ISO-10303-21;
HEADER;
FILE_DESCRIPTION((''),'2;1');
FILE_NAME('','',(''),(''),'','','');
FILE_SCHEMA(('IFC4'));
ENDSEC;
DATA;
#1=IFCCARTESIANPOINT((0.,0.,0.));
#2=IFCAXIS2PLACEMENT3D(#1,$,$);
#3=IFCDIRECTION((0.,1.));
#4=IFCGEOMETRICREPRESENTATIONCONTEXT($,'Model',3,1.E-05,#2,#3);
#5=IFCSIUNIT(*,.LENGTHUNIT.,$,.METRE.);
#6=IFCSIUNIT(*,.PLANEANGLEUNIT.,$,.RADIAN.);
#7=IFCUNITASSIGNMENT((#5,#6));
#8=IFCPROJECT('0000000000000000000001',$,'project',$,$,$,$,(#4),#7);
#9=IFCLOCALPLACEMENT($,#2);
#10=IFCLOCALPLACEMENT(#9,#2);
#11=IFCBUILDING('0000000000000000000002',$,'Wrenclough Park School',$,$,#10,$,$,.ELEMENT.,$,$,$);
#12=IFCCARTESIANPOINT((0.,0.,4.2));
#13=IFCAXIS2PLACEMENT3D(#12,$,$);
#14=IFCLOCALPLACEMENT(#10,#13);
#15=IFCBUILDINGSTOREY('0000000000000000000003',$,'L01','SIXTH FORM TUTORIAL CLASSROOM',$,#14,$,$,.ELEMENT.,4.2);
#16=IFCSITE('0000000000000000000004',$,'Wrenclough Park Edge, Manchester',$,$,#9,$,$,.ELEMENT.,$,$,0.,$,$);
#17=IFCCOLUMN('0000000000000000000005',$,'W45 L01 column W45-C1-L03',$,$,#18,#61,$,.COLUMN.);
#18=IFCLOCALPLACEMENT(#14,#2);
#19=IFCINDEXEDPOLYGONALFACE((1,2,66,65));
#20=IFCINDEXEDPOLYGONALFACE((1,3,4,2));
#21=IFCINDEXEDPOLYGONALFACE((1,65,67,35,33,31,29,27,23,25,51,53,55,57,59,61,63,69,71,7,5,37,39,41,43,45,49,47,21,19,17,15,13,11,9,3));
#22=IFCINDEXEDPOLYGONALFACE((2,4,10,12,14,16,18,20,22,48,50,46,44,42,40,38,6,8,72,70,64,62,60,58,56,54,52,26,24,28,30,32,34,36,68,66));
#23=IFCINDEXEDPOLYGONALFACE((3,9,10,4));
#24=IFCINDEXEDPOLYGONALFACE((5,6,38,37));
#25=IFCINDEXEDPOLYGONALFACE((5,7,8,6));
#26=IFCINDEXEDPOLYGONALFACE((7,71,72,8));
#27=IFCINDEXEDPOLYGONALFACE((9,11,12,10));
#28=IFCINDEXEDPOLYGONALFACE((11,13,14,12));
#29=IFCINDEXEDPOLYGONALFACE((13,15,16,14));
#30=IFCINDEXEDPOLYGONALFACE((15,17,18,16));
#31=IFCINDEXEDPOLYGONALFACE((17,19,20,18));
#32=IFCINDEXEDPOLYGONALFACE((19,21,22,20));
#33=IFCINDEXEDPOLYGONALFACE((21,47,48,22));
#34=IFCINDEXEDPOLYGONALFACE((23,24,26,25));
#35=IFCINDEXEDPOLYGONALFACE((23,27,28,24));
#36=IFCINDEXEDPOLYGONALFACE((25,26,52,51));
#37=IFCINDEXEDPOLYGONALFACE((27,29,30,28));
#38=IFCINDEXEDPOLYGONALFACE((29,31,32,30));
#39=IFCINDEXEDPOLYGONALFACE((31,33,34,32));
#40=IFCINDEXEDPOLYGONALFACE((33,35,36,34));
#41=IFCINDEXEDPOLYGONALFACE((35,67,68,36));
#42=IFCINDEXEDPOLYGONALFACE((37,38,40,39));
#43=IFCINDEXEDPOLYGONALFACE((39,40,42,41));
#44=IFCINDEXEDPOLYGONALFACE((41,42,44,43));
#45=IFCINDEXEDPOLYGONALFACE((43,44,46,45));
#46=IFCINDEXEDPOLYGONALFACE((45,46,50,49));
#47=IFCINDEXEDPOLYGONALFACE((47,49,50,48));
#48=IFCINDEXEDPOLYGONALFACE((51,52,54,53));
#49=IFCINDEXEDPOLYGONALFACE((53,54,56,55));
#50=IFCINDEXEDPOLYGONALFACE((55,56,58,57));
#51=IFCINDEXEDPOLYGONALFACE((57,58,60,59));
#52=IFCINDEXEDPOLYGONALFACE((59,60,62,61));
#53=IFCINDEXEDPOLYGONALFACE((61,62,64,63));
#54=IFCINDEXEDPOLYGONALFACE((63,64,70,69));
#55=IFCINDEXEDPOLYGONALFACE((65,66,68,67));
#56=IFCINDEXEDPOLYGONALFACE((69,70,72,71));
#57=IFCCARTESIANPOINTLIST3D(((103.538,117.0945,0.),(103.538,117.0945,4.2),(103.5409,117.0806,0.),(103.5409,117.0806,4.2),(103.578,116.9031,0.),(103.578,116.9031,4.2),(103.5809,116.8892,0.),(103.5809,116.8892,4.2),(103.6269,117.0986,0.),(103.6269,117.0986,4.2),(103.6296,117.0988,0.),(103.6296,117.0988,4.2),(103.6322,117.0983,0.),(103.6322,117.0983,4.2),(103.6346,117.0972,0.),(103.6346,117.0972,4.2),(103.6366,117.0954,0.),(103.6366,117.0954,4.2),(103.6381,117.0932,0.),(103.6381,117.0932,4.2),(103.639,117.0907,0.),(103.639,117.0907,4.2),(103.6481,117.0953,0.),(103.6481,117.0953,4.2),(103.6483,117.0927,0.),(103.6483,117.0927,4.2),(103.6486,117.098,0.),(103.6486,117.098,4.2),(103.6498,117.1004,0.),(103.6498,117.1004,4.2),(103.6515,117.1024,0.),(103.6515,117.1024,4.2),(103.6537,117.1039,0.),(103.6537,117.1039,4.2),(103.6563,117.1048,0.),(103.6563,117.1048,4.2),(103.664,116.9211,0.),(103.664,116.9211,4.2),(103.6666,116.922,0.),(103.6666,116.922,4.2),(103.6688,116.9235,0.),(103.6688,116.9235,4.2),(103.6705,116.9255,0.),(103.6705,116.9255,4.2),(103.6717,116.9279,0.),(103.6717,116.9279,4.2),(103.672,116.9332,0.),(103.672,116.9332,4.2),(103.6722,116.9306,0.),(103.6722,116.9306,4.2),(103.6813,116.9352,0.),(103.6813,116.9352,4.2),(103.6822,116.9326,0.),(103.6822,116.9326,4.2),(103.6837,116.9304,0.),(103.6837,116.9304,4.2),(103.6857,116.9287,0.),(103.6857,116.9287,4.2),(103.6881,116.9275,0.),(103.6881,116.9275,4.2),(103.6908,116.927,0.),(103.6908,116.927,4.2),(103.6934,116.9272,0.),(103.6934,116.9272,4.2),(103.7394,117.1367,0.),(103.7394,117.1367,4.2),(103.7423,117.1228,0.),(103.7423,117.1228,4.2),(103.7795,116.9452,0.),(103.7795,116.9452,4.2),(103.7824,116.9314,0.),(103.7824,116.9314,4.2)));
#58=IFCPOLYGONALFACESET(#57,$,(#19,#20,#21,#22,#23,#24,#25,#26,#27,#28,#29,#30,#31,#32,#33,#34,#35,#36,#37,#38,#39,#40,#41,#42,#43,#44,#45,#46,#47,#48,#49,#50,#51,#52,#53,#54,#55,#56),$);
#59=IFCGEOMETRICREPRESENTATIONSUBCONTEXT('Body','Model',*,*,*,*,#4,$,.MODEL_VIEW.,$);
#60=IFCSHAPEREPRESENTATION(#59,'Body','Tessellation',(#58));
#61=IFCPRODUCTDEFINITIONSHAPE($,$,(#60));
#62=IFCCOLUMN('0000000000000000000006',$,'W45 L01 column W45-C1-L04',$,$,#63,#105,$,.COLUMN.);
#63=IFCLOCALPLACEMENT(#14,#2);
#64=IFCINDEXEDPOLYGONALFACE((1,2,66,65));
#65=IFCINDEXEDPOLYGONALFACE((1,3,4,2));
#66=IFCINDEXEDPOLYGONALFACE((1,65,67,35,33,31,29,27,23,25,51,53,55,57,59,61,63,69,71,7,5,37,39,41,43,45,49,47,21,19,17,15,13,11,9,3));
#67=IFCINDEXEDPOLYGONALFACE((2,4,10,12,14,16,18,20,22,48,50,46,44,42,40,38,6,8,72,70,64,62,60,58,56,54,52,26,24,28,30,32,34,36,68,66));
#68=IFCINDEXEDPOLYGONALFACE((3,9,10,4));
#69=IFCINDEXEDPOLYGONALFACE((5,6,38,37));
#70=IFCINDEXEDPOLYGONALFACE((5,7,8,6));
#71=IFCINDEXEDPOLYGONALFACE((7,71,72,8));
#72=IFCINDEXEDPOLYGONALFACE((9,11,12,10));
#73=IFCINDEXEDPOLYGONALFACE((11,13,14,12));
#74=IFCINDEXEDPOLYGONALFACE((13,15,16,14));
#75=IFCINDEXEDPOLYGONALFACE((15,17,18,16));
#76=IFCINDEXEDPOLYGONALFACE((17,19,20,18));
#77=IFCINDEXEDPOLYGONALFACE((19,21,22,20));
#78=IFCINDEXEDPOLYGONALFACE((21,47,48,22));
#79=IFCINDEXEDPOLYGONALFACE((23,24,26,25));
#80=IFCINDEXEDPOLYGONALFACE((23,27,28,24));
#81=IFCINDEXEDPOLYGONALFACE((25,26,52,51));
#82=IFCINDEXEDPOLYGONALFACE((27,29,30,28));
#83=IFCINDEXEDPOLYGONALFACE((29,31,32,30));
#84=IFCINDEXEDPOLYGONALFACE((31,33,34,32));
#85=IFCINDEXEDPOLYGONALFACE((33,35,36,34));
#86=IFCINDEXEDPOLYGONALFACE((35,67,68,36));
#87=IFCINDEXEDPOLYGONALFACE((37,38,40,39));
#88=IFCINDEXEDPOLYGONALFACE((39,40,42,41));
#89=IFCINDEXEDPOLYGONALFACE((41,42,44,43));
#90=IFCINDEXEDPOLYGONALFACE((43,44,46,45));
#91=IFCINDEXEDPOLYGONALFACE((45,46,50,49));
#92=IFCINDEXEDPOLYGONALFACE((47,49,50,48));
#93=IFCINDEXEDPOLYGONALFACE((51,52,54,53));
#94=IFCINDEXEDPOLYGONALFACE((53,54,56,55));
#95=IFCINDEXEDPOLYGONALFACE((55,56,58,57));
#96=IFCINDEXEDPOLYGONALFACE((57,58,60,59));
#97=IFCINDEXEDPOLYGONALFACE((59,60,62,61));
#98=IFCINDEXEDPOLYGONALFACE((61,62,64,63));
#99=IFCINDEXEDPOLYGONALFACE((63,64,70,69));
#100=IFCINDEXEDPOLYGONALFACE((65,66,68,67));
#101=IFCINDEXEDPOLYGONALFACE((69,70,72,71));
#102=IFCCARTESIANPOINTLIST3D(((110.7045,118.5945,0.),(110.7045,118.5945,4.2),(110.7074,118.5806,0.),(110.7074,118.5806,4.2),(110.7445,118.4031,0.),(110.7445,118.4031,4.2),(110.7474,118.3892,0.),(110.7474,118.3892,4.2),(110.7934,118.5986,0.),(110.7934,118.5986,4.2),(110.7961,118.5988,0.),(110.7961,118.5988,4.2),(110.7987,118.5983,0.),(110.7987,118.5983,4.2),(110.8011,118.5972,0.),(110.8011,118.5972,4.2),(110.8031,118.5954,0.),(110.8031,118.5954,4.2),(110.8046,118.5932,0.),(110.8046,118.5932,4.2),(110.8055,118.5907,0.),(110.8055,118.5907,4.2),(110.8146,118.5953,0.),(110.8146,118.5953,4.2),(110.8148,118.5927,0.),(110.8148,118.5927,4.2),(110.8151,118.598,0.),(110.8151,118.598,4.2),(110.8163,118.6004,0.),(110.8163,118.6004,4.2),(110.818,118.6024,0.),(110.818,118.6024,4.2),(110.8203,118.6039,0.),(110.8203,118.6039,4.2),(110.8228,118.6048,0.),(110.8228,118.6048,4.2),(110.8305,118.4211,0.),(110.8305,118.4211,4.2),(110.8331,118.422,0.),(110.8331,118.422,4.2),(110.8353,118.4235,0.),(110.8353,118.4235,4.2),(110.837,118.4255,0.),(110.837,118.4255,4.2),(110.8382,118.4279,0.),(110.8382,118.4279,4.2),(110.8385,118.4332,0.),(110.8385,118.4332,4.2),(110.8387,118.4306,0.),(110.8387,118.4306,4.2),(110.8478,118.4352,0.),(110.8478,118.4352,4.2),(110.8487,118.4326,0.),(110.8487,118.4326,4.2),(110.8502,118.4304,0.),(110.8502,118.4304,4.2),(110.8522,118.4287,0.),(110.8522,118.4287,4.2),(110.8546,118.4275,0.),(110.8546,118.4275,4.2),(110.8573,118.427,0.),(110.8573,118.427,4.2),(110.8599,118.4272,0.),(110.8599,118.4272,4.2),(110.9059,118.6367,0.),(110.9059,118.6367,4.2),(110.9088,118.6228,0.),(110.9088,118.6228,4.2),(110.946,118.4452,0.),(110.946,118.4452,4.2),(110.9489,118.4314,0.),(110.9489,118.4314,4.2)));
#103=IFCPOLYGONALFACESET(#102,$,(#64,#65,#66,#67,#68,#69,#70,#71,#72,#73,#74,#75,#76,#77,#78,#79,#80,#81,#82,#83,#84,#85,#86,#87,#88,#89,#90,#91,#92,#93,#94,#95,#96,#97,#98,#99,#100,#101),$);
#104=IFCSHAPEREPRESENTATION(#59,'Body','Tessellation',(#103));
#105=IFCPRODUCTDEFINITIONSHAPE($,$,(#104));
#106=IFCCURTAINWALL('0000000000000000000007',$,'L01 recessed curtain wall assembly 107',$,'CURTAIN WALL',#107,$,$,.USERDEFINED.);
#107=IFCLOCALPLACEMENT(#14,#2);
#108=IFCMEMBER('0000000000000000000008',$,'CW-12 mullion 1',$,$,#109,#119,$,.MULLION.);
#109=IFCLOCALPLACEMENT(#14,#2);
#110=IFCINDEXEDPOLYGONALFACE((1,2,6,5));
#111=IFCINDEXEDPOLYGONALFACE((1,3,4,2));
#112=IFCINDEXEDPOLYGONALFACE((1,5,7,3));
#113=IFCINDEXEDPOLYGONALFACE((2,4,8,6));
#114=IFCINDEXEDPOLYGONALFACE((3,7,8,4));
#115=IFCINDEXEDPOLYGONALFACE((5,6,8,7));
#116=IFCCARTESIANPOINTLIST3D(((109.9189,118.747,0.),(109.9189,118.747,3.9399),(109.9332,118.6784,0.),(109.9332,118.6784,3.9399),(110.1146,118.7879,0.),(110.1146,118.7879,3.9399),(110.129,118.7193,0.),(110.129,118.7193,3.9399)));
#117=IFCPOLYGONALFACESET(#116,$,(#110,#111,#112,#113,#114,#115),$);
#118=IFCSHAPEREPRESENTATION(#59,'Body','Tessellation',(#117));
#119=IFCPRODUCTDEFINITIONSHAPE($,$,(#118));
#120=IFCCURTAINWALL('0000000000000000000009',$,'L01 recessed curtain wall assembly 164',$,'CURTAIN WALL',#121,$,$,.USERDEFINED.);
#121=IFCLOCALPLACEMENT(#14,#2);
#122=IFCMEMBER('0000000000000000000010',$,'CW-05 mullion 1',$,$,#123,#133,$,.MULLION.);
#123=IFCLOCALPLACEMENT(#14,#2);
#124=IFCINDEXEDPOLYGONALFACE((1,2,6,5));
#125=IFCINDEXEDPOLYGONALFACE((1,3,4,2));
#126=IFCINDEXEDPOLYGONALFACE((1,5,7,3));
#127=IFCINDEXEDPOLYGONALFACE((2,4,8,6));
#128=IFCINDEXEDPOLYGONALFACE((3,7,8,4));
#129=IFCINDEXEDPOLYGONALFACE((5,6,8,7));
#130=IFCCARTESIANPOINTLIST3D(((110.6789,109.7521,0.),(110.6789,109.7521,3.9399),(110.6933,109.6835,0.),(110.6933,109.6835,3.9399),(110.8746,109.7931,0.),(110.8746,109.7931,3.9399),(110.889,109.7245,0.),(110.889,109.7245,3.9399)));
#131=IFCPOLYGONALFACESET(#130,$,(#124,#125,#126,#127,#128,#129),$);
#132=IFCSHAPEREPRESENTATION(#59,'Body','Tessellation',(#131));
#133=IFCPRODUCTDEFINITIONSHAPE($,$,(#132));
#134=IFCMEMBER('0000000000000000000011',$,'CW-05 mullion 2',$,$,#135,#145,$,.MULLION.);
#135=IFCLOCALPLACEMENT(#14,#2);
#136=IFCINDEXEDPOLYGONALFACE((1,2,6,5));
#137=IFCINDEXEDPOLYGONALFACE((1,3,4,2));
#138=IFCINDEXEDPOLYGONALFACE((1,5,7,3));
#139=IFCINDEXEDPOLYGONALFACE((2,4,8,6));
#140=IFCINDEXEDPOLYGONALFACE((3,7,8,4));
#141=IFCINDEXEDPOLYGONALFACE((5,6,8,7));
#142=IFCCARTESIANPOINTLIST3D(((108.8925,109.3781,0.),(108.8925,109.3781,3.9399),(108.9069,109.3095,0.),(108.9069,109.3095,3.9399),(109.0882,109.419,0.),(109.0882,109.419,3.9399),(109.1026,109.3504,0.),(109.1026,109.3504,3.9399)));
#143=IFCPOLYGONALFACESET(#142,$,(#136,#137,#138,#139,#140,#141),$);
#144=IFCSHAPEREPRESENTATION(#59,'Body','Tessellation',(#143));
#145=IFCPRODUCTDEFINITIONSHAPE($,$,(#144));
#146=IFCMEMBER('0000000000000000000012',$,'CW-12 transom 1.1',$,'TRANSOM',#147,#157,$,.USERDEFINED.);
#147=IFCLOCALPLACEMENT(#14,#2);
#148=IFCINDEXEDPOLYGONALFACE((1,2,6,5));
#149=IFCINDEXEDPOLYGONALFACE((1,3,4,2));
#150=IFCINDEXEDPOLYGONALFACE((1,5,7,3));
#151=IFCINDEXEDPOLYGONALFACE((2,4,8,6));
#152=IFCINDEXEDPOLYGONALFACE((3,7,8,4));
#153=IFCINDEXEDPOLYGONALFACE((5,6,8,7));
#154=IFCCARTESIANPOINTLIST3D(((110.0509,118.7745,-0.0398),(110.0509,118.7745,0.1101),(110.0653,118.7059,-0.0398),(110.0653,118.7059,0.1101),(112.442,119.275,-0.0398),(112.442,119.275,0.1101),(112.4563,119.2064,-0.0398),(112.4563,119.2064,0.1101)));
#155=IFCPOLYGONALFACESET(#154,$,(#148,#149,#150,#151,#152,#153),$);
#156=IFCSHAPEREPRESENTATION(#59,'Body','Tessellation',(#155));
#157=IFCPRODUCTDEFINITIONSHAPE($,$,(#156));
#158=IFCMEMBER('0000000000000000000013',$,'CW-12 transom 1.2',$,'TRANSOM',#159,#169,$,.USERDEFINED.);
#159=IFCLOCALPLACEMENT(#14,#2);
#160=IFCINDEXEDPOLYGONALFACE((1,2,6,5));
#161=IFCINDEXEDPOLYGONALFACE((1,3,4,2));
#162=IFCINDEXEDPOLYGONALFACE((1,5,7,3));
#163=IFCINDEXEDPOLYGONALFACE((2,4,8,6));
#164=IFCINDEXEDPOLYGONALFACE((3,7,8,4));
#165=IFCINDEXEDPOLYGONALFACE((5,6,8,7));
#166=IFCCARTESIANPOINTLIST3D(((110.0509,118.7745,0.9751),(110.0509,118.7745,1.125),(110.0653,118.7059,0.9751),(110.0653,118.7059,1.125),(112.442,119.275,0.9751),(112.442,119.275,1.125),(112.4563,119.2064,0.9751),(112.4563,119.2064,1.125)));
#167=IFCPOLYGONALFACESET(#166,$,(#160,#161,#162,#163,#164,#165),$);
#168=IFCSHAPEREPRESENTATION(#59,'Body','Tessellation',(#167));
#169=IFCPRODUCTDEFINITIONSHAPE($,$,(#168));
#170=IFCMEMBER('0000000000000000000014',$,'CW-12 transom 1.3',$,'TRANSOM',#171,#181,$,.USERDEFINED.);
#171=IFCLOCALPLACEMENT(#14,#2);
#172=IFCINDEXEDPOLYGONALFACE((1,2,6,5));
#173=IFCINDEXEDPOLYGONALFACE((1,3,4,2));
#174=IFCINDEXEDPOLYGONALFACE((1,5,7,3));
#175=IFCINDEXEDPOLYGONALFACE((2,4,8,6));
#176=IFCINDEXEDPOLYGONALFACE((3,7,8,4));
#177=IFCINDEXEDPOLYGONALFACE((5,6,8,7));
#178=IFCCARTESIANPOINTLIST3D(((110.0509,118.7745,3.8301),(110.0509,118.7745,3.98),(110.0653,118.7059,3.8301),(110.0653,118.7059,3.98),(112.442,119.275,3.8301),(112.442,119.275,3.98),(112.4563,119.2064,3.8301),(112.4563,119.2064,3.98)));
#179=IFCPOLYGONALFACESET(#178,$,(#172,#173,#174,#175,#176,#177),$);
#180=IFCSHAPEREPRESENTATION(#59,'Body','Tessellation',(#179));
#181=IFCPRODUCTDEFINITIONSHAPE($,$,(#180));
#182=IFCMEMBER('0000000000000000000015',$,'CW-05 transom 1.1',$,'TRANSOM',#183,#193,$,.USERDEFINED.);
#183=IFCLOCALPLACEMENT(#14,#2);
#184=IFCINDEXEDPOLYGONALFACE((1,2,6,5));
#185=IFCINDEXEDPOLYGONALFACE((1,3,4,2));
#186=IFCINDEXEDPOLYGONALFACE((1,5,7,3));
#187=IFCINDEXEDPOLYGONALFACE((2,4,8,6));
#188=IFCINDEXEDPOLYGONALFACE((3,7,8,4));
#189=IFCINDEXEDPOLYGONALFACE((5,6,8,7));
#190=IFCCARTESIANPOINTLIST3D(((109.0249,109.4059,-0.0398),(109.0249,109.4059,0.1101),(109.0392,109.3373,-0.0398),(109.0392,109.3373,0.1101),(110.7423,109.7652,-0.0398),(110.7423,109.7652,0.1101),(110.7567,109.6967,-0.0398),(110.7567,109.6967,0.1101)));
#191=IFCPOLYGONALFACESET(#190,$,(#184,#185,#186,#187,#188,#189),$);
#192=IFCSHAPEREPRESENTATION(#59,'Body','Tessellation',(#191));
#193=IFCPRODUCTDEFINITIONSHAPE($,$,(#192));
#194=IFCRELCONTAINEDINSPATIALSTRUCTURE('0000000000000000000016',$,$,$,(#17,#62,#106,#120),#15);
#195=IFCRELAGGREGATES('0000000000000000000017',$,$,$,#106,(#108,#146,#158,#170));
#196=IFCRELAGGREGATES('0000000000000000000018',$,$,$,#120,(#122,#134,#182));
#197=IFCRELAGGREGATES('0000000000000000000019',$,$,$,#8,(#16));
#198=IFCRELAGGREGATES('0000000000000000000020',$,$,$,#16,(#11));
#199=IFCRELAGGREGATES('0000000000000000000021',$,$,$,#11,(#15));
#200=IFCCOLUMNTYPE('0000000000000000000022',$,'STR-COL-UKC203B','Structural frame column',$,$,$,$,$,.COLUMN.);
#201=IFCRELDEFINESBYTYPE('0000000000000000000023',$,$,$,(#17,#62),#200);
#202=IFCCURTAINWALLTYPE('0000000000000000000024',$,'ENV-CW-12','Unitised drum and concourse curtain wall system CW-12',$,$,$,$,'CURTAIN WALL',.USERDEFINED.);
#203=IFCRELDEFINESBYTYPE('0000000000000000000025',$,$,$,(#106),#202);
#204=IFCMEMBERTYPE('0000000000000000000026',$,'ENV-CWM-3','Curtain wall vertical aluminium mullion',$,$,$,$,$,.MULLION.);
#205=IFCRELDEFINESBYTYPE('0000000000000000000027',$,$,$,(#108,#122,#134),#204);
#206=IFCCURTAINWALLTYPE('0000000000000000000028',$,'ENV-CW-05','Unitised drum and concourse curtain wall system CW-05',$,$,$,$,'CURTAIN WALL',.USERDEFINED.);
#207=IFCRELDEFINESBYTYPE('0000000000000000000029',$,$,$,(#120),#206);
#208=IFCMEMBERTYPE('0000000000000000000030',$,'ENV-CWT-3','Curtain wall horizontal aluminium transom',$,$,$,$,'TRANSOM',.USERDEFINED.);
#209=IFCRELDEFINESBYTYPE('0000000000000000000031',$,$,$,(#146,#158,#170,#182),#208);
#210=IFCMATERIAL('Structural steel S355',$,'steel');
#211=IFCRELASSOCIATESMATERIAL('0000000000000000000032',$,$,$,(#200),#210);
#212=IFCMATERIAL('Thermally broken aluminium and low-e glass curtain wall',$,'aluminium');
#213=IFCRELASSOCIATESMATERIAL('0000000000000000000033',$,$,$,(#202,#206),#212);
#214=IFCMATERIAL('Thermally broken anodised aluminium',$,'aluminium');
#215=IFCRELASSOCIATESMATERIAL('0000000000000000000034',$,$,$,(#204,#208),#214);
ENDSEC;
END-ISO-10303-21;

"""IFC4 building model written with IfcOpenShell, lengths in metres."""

from ifc_helpers import new_model, si_unit, direction, frame, origin, origin_2d, place, context, subcontext, project, spatial, rectangle, i_section, extrude, material, material_profile, profile_set, type_object, element, aggregate, save


model = new_model("IFC4")

# Units and contexts
model_context = context("Model", 3, precision=1e-05, world=origin(), true_north=direction((0.0, 1.0)))
body_context = subcontext(model_context, "Body", "Model", "MODEL_VIEW")
ifc_project = project(units=[si_unit("LENGTHUNIT", "METRE"), si_unit("PLANEANGLEUNIT", "RADIAN")], contexts=[model_context])

# Site, building, storey
site_placement = place(None, origin())
site = spatial("IfcSite", under=ifc_project, at=site_placement, Name="Wrenclough Park Edge, Manchester", CompositionType="ELEMENT", RefElevation=0.0)
building_placement = place(site_placement, origin())
building = spatial("IfcBuilding", under=site, at=building_placement, Name="Wrenclough Park School", CompositionType="ELEMENT")
storey_placement = place(building_placement, frame((0.0, 0.0, 4.2)))
storey = spatial("IfcBuildingStorey", under=building, at=storey_placement, Name="L01", Description="SIXTH FORM TUTORIAL CLASSROOM", CompositionType="ELEMENT", Elevation=4.2)

# Columns
ifc_material_1 = material(Name="Structural steel S355", Category="steel")
ifc_material_profile_1 = material_profile(ifc_material_1, i_section(OverallWidth=0.2058, OverallDepth=0.2097, WebThickness=0.0095, FlangeThickness=0.0142, FilletRadius=0.0103, at=origin_2d()), Name="UKC 203x203x60")
ifc_profile_set_1 = profile_set([ifc_material_profile_1], Name="Structural steel S355")
column_type = type_object("IfcColumnType", Name="STR-COL-UKC203B", Description="Structural frame column", PredefinedType="COLUMN", material=ifc_profile_set_1)
for number, where, z_axis, x_axis, name in (
    (1, (103.6602, 117.0129, 0.0), (0.0, 0.0, 1.0), (0.978796, 0.204838, 0.0), "W45 L01 column W45-C1-L03"),
    (2, (110.8267, 118.5129, 0.0), (0.0, 0.0, 1.0), (0.978796, 0.204838, 0.0), "W45 L01 column W45-C1-L04"),
):
    element("IfcColumn", number, at=place(storey_placement, frame(where, z_axis=z_axis, x_axis=x_axis)), inside=storey, type_object=column_type, Name=name, PredefinedType="COLUMN", context=body_context, shape_type="SweptSolid", body=[
        extrude(i_section(OverallWidth=0.2058, OverallDepth=0.2097, WebThickness=0.0095, FlangeThickness=0.0142, FilletRadius=0.0103, at=origin_2d()), origin(), (0.0, 0.0, 1.0), 4.2),
    ])

# Curtain wall, member
ifc_material_2 = material(Name="Thermally broken aluminium and low-e glass curtain wall", Category="aluminium")
curtain_wall_type_1 = type_object("IfcCurtainWallType", Name="ENV-CW-12", Description="Unitised drum and concourse curtain wall system CW-12", ElementType="CURTAIN WALL", PredefinedType="USERDEFINED", material=ifc_material_2)
curtain_wall_1_placement = place(storey_placement, origin())
curtain_wall_1 = element("IfcCurtainWall", 3, at=curtain_wall_1_placement, inside=storey, type_object=curtain_wall_type_1, Name="L01 recessed curtain wall assembly 107", ObjectType="CURTAIN WALL", PredefinedType="USERDEFINED")
ifc_material_3 = material(Name="Thermally broken anodised aluminium", Category="aluminium")
ifc_material_profile_2 = material_profile(ifc_material_3, rectangle(XDim=0.0701, YDim=0.2, at=origin_2d()), Name="AL MULLION 70x200")
ifc_profile_set_2 = profile_set([ifc_material_profile_2], Name="Thermally broken anodised aluminium")
member_type_1 = type_object("IfcMemberType", Name="ENV-CWM-3", Description="Curtain wall vertical aluminium mullion", PredefinedType="MULLION", material=ifc_profile_set_2)
member_1_placement = place(storey_placement, frame((110.0239, 118.7332, 0.0), z_axis=(0.0, 0.0, 1.0), x_axis=(-0.204858, 0.978792, 0.0)))
member_1 = element("IfcMember", 4, at=member_1_placement, type_object=member_type_1, Name="CW-12 mullion 1", PredefinedType="MULLION", context=body_context, shape_type="SweptSolid", body=[
    extrude(rectangle(XDim=0.0701, YDim=0.2, at=origin_2d()), origin(), (0.0, 0.0, 1.0), 3.9399),
])

# Curtain wall, members
curtain_wall_type_2 = type_object("IfcCurtainWallType", Name="ENV-CW-05", Description="Unitised drum and concourse curtain wall system CW-05", ElementType="CURTAIN WALL", PredefinedType="USERDEFINED", material=ifc_material_2)
curtain_wall_2_placement = place(storey_placement, origin())
curtain_wall_2 = element("IfcCurtainWall", 5, at=curtain_wall_2_placement, inside=storey, type_object=curtain_wall_type_2, Name="L01 recessed curtain wall assembly 164", ObjectType="CURTAIN WALL", PredefinedType="USERDEFINED")
member_2_placement = place(storey_placement, frame((110.7839, 109.7383, 0.0), z_axis=(0.0, 0.0, 1.0), x_axis=(0.204874, -0.978788, 0.0)))
member_2 = element("IfcMember", 6, at=member_2_placement, type_object=member_type_1, Name="CW-05 mullion 1", PredefinedType="MULLION", context=body_context, shape_type="SweptSolid", body=[
    extrude(rectangle(XDim=0.0701, YDim=0.2, at=origin_2d()), origin(), (0.0, 0.0, 1.0), 3.9399),
])
member_3_placement = place(storey_placement, frame((108.9976, 109.3643, 0.0), z_axis=(0.0, 0.0, 1.0), x_axis=(0.204874, -0.978788, 0.0)))
member_3 = element("IfcMember", 7, at=member_3_placement, type_object=member_type_1, Name="CW-05 mullion 2", PredefinedType="MULLION", context=body_context, shape_type="SweptSolid", body=[
    extrude(rectangle(XDim=0.0701, YDim=0.2, at=origin_2d()), origin(), (0.0, 0.0, 1.0), 3.9399),
])

# Members
ifc_material_profile_3 = material_profile(ifc_material_3, rectangle(XDim=0.0701, YDim=0.1499, at=origin_2d()), Name="AL TRANSOM 70x150")
ifc_profile_set_3 = profile_set([ifc_material_profile_3], Name="Thermally broken anodised aluminium")
member_type_2 = type_object("IfcMemberType", Name="ENV-CWT-3", Description="Curtain wall horizontal aluminium transom", ElementType="TRANSOM", PredefinedType="USERDEFINED", material=ifc_profile_set_3)
member_4_placement = place(storey_placement, frame((110.0581, 118.7402, 0.0352), z_axis=(0.978789, 0.204872, 0.0), x_axis=(-0.204872, 0.978789, 0.0)))
member_4 = element("IfcMember", 8, at=member_4_placement, type_object=member_type_2, Name="CW-12 transom 1.1", ObjectType="TRANSOM", PredefinedType="USERDEFINED", context=body_context, shape_type="SweptSolid", body=[
    extrude(rectangle(XDim=0.0701, YDim=0.1499, at=origin_2d()), origin(), (0.0, 0.0, 1.0), 2.4429),
])
member_5_placement = place(storey_placement, frame((110.0581, 118.7402, 1.05), z_axis=(0.978789, 0.204872, 0.0), x_axis=(-0.204872, 0.978789, 0.0)))
member_5 = element("IfcMember", 9, at=member_5_placement, type_object=member_type_2, Name="CW-12 transom 1.2", ObjectType="TRANSOM", PredefinedType="USERDEFINED", context=body_context, shape_type="SweptSolid", body=[
    extrude(rectangle(XDim=0.0701, YDim=0.1499, at=origin_2d()), origin(), (0.0, 0.0, 1.0), 2.4429),
])
member_6_placement = place(storey_placement, frame((110.0581, 118.7402, 3.905), z_axis=(0.978789, 0.204872, 0.0), x_axis=(-0.204872, 0.978789, 0.0)))
member_6 = element("IfcMember", 10, at=member_6_placement, type_object=member_type_2, Name="CW-12 transom 1.3", ObjectType="TRANSOM", PredefinedType="USERDEFINED", context=body_context, shape_type="SweptSolid", body=[
    extrude(rectangle(XDim=0.0701, YDim=0.1499, at=origin_2d()), origin(), (0.0, 0.0, 1.0), 2.4429),
])
aggregate(curtain_wall_1, [member_1, member_4, member_5, member_6])
member_7_placement = place(storey_placement, frame((110.7495, 109.731, 0.0352), z_axis=(-0.978803, -0.204804, 0.0), x_axis=(0.204804, -0.978803, 0.0)))
member_7 = element("IfcMember", 11, at=member_7_placement, type_object=member_type_2, Name="CW-05 transom 1.1", ObjectType="TRANSOM", PredefinedType="USERDEFINED", context=body_context, shape_type="SweptSolid", body=[
    extrude(rectangle(XDim=0.0701, YDim=0.1499, at=origin_2d()), origin(), (0.0, 0.0, 1.0), 1.7546),
])

aggregate(curtain_wall_2, [member_2, member_3, member_7])

save(model, "model.ifc")
